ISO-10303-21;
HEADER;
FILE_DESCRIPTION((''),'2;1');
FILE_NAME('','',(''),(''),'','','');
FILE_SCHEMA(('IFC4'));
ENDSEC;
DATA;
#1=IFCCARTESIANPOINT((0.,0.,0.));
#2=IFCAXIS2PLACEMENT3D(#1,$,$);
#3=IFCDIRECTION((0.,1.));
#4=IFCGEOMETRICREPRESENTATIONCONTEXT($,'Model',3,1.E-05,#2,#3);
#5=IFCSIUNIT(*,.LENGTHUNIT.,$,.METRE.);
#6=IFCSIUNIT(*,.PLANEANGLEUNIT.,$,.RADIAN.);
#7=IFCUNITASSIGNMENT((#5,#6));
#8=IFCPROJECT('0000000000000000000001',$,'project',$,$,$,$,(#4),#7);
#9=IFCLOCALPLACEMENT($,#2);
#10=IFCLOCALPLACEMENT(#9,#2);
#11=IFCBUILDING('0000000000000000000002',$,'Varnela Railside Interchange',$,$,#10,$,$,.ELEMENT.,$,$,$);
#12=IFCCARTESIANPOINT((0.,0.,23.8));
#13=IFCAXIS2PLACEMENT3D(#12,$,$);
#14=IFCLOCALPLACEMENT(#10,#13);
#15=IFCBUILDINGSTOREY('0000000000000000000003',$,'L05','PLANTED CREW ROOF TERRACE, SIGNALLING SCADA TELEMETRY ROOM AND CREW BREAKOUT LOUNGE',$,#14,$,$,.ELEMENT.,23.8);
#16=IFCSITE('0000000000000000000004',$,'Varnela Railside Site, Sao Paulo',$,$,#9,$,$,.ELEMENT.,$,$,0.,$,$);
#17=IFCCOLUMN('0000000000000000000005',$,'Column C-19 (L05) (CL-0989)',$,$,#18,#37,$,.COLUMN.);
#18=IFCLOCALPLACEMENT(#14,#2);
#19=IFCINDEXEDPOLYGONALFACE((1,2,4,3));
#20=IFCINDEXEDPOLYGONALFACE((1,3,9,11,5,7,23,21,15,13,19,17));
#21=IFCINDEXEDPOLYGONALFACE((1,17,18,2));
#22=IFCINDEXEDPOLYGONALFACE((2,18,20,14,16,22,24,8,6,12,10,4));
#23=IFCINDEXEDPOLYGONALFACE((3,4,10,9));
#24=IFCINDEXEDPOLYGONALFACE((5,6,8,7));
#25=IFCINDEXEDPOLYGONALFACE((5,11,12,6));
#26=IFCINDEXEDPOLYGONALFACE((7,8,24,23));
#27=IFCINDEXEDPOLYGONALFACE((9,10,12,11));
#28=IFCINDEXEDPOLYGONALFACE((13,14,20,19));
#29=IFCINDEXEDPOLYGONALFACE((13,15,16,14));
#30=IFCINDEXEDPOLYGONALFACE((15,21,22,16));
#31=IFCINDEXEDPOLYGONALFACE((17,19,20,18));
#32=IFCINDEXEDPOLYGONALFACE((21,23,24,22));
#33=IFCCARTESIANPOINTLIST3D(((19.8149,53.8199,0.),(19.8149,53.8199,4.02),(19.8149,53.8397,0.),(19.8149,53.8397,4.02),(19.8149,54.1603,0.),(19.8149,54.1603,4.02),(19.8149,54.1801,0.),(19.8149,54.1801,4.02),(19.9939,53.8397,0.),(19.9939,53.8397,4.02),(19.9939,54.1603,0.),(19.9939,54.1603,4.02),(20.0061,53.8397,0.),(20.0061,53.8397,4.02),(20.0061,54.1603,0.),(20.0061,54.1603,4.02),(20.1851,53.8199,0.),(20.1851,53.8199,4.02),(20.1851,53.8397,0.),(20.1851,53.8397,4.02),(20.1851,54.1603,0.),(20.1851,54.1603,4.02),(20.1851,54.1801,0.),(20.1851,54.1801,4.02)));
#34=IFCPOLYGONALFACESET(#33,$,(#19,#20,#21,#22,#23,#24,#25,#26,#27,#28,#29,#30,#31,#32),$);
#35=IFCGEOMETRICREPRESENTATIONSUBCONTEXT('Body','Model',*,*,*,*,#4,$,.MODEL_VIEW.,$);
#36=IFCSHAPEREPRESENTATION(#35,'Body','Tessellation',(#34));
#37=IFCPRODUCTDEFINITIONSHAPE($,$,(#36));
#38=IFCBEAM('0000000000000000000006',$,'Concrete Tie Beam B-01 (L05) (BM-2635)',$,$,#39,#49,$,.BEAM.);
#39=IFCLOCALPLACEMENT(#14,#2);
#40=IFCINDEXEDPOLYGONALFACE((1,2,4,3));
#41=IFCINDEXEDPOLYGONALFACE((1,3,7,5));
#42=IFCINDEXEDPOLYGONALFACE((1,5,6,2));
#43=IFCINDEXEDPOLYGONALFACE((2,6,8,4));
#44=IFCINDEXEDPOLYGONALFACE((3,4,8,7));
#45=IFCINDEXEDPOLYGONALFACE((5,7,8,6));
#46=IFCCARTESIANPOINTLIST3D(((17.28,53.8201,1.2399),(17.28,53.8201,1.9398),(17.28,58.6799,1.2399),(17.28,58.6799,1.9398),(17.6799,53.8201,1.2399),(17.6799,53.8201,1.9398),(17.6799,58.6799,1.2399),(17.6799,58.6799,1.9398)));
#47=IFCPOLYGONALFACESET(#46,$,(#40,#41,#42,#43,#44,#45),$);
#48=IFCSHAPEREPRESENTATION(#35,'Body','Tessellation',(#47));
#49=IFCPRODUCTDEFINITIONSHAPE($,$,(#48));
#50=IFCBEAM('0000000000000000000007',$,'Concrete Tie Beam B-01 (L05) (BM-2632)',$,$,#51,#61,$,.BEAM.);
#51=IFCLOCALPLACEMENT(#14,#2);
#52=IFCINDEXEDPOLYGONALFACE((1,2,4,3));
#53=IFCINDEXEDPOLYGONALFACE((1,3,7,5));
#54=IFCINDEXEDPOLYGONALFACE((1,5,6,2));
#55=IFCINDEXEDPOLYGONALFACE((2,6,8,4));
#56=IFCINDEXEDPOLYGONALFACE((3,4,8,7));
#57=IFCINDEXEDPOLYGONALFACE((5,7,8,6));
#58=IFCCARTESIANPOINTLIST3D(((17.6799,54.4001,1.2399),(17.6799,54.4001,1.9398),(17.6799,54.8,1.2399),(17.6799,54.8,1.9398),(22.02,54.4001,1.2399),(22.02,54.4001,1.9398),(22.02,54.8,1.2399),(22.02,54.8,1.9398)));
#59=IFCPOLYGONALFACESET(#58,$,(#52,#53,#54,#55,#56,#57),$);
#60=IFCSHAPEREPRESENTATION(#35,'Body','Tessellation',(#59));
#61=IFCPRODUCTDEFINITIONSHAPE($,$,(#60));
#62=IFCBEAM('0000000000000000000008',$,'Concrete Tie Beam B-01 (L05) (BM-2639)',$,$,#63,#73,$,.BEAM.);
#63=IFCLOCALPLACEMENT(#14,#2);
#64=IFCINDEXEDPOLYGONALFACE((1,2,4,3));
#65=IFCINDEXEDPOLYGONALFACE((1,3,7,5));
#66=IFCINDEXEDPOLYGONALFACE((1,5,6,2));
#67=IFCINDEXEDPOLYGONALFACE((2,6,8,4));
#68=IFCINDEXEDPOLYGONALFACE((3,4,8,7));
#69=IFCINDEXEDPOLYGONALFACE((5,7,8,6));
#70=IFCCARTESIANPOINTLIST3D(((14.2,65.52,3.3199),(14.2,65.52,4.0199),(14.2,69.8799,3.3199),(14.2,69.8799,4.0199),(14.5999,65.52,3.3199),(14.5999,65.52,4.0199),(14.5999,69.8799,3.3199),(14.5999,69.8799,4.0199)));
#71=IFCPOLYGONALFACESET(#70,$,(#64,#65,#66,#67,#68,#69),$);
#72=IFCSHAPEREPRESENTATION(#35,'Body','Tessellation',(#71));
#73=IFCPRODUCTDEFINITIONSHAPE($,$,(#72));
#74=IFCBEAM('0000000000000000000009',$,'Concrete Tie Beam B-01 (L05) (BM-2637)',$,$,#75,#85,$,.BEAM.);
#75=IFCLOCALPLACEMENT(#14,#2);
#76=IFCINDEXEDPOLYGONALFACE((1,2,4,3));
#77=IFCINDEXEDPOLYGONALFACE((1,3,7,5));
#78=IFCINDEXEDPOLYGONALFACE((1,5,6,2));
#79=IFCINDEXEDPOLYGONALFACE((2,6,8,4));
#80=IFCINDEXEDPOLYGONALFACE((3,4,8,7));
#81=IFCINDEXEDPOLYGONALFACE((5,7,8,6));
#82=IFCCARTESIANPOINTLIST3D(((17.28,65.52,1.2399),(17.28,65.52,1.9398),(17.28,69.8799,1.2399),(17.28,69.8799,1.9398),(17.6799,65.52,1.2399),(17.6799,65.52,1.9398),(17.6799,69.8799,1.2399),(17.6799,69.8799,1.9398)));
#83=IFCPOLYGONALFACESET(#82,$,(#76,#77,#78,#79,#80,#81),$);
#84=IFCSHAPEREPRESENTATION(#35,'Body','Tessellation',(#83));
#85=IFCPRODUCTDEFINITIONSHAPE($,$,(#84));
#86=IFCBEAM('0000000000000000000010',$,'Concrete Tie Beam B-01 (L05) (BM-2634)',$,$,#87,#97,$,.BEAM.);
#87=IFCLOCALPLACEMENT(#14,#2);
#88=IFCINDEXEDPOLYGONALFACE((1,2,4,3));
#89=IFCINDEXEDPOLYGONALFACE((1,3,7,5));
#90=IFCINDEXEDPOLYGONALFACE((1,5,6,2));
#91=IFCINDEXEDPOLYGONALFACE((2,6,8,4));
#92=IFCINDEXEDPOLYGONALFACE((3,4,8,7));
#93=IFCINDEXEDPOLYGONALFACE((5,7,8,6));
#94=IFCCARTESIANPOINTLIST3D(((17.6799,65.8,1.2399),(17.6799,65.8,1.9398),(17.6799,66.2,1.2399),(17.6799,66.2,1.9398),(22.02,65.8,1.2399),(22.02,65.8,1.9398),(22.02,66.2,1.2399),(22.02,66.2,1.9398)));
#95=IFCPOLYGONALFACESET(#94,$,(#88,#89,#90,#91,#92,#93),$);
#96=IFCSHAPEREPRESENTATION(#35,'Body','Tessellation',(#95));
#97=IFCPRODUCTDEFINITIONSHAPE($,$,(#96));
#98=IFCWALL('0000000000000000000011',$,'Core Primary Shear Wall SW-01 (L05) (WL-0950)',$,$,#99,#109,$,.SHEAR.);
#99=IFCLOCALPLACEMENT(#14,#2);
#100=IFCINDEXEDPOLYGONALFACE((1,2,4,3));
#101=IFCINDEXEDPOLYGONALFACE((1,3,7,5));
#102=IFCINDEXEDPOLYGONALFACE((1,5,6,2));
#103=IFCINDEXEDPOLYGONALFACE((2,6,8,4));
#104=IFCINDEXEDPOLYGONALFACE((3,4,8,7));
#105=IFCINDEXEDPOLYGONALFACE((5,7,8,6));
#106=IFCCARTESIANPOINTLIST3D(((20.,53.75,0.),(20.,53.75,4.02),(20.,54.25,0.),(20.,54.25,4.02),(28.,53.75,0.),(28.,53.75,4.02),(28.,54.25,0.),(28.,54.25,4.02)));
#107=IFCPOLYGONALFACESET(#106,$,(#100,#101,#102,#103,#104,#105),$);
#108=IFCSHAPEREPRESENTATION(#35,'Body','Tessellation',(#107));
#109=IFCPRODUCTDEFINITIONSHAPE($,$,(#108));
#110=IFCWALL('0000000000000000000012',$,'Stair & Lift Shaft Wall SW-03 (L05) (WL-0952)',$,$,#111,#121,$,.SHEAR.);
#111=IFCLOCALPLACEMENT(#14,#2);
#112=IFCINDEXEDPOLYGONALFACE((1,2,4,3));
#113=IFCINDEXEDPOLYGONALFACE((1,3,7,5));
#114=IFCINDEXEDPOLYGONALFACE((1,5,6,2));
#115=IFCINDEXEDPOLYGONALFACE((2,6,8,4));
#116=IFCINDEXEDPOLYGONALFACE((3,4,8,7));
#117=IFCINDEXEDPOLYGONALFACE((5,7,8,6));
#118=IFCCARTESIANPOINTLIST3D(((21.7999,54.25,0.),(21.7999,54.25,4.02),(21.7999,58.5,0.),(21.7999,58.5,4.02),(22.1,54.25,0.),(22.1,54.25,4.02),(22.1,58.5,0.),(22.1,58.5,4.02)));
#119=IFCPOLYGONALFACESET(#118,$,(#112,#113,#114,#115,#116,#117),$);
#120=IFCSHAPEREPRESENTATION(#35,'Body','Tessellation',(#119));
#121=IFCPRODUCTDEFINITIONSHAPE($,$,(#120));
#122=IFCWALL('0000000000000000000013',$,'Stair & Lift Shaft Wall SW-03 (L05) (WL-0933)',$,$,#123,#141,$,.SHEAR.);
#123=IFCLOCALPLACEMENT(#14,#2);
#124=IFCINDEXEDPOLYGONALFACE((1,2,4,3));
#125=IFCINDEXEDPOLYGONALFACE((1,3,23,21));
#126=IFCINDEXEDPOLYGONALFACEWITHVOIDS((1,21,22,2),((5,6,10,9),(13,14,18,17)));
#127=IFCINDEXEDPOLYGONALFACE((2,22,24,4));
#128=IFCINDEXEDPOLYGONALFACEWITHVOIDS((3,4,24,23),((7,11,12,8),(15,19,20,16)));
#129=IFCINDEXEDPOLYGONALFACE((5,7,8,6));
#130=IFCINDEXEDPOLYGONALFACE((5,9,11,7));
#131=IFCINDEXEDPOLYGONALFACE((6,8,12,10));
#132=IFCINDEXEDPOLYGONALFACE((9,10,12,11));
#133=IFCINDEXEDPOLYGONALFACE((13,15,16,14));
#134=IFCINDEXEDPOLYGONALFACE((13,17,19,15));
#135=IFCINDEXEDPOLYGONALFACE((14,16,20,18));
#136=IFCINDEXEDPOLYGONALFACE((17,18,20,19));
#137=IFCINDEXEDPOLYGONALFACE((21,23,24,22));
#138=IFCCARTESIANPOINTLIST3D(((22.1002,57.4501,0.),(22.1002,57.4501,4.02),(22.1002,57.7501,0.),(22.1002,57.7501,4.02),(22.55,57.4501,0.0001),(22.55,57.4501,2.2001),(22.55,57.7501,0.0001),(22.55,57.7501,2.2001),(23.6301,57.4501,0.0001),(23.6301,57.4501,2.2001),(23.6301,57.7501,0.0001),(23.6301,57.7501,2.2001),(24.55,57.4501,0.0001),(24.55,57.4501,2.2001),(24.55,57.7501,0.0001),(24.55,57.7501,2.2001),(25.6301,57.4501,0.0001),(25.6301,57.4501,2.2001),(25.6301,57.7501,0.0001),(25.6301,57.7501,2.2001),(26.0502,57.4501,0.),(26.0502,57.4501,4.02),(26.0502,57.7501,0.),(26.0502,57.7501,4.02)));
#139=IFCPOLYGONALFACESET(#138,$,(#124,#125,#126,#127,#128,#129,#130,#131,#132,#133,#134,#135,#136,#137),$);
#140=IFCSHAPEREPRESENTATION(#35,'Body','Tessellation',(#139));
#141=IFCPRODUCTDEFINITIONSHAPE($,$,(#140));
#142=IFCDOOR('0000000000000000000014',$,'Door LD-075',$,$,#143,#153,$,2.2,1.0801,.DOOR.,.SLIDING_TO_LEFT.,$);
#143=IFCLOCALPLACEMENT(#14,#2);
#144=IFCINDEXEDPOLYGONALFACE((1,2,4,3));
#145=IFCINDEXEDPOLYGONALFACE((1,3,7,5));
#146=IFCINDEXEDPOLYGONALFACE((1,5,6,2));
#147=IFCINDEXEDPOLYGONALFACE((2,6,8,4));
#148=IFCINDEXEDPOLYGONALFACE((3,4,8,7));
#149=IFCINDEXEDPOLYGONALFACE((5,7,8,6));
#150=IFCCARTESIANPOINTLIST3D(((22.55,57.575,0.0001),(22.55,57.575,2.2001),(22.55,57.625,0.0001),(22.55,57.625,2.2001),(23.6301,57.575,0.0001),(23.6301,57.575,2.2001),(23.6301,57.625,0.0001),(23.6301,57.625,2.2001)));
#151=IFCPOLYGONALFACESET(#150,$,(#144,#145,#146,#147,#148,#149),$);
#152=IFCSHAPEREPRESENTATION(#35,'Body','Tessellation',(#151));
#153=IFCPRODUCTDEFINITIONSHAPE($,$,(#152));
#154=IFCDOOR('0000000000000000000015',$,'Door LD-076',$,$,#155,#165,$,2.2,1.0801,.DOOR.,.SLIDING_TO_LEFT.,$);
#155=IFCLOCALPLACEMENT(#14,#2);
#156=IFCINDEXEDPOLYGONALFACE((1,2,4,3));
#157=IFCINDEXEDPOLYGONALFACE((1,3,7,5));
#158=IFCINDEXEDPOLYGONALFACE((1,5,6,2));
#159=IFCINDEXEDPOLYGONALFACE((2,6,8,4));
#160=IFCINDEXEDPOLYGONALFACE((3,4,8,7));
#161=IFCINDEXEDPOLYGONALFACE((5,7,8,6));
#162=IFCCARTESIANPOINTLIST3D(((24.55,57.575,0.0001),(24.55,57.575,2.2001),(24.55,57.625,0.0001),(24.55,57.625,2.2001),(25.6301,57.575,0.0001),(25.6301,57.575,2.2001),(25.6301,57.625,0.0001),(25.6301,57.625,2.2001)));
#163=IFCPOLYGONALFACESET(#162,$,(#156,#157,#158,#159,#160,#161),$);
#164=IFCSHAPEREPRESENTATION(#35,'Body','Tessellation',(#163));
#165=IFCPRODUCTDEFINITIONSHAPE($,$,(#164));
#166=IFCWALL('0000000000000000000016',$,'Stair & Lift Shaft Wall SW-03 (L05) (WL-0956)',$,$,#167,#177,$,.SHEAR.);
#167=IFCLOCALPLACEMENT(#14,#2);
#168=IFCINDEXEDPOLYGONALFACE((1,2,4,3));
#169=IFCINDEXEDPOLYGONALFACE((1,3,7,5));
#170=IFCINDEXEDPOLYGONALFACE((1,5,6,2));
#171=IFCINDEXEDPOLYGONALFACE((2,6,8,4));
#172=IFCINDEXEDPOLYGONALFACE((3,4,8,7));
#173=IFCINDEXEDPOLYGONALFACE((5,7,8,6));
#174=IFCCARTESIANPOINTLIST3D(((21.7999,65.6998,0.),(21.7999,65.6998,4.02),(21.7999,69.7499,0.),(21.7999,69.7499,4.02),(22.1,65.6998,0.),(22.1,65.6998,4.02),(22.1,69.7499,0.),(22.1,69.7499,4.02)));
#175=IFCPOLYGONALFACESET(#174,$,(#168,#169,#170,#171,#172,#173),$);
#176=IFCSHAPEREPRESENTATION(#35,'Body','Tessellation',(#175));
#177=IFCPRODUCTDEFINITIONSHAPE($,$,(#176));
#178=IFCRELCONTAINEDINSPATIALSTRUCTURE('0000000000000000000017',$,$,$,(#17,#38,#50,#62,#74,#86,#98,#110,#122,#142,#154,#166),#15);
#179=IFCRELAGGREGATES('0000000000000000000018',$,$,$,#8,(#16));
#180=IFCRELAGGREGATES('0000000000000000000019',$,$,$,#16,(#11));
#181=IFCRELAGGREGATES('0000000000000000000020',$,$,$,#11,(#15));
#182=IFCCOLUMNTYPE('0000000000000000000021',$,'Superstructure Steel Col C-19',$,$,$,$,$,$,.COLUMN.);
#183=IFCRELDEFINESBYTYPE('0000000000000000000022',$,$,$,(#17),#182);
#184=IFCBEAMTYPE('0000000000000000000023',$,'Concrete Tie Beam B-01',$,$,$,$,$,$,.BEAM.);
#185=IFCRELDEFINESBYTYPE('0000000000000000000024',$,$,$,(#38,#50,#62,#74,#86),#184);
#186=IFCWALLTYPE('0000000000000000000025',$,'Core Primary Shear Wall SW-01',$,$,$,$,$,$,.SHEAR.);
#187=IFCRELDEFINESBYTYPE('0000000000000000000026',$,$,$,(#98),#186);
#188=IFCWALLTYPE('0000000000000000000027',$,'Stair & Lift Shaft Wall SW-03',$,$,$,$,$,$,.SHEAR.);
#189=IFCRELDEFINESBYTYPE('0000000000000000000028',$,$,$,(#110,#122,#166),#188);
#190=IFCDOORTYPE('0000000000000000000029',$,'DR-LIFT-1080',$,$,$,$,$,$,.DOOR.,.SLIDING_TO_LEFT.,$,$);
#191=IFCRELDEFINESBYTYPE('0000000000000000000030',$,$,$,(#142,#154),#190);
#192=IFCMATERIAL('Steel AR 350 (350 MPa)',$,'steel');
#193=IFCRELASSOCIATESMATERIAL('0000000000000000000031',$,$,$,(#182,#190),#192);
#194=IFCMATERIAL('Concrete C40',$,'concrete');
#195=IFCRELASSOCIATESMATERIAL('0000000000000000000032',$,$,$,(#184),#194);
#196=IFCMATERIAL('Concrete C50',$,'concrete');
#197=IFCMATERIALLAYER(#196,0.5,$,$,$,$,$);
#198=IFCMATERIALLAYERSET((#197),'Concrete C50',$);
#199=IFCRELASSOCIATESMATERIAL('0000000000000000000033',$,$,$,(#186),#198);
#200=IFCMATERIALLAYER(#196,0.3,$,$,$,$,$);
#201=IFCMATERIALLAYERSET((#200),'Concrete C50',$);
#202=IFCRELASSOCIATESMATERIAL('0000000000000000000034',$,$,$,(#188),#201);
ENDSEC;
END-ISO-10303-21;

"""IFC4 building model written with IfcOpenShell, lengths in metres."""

from ifc_helpers import new_model, si_unit, direction, frame, frame_2d, origin, origin_2d, place, context, subcontext, project, spatial, rectangle, i_section, extrude, material, layer, layer_set, material_profile, profile_set, type_object, element, fill, save


model = new_model("IFC4")

# Units and contexts
model_context = context("Model", 3, precision=1e-05, world=origin(), true_north=direction((0.0, 1.0)))
body_context = subcontext(model_context, "Body", "Model", "MODEL_VIEW")
ifc_project = project(units=[si_unit("LENGTHUNIT", "METRE"), si_unit("PLANEANGLEUNIT", "RADIAN")], contexts=[model_context])

# Site, building, storey
site_placement = place(None, origin())
site = spatial("IfcSite", under=ifc_project, at=site_placement, Name="Varnela Railside Site, Sao Paulo", CompositionType="ELEMENT", RefElevation=0.0)
building_placement = place(site_placement, origin())
building = spatial("IfcBuilding", under=site, at=building_placement, Name="Varnela Railside Interchange", CompositionType="ELEMENT")
storey_placement = place(building_placement, frame((0.0, 0.0, 23.8)))
storey = spatial("IfcBuildingStorey", under=building, at=storey_placement, Name="L05", Description="PLANTED CREW ROOF TERRACE, SIGNALLING SCADA TELEMETRY ROOM AND CREW BREAKOUT LOUNGE", CompositionType="ELEMENT", Elevation=23.8)

# Column
ifc_material_1 = material(Name="Steel AR 350 (350 MPa)", Category="steel")
ifc_material_profile_1 = material_profile(ifc_material_1, i_section(OverallWidth=0.3701, OverallDepth=0.3601, WebThickness=0.0122, FlangeThickness=0.0198, at=origin_2d()), Name="W360x147")
ifc_profile_set_1 = profile_set([ifc_material_profile_1], Name="Steel AR 350 (350 MPa)")
column_type = type_object("IfcColumnType", Name="Superstructure Steel Col C-19", PredefinedType="COLUMN", material=ifc_profile_set_1)
column_placement = place(storey_placement, frame((20.0, 54.0, 0.0), z_axis=(0.0, 0.0, 1.0), x_axis=(1.0, 0.0, 0.0)))
element("IfcColumn", 1, at=column_placement, inside=storey, type_object=column_type, Name="Column C-19 (L05) (CL-0989)", PredefinedType="COLUMN", context=body_context, shape_type="SweptSolid", body=[
    extrude(i_section(OverallWidth=0.3701, OverallDepth=0.3601, WebThickness=0.0122, FlangeThickness=0.0198, at=origin_2d()), origin(), (0.0, 0.0, 1.0), 4.02),
])

# Beams
ifc_material_2 = material(Name="Concrete C40", Category="concrete")
ifc_material_profile_2 = material_profile(ifc_material_2, rectangle(XDim=0.3999, YDim=0.7, at=origin_2d()), Name="RC 400x700")
ifc_profile_set_2 = profile_set([ifc_material_profile_2], Name="Concrete C40")
beam_type = type_object("IfcBeamType", Name="Concrete Tie Beam B-01", PredefinedType="BEAM", material=ifc_profile_set_2)
beam_1_placement = place(storey_placement, frame((17.48, 53.8201, 1.5898), z_axis=(0.0, 1.0, 0.0), x_axis=(-1.0, 0.0, 0.0)))
element("IfcBeam", 2, at=beam_1_placement, inside=storey, type_object=beam_type, Name="Concrete Tie Beam B-01 (L05) (BM-2635)", PredefinedType="BEAM", context=body_context, shape_type="SweptSolid", body=[
    extrude(rectangle(XDim=0.3999, YDim=0.7, at=origin_2d()), origin(), (0.0, 0.0, 1.0), 4.8599),
])
beam_2_placement = place(storey_placement, frame((17.6799, 54.6001, 1.5898), z_axis=(1.0, 0.0, 0.0), x_axis=(0.0, 1.0, 0.0)))
element("IfcBeam", 3, at=beam_2_placement, inside=storey, type_object=beam_type, Name="Concrete Tie Beam B-01 (L05) (BM-2632)", PredefinedType="BEAM", context=body_context, shape_type="SweptSolid", body=[
    extrude(rectangle(XDim=0.3999, YDim=0.7, at=origin_2d()), origin(), (0.0, 0.0, 1.0), 4.3401),
])
for number, where, z_axis, x_axis, name in (
    (4, (14.3999, 65.52, 3.6699), (0.0, 1.0, 0.0), (-1.0, 0.0, 0.0), "Concrete Tie Beam B-01 (L05) (BM-2639)"),
    (5, (17.48, 65.52, 1.5898), (0.0, 1.0, 0.0), (-1.0, 0.0, 0.0), "Concrete Tie Beam B-01 (L05) (BM-2637)"),
):
    element("IfcBeam", number, at=place(storey_placement, frame(where, z_axis=z_axis, x_axis=x_axis)), inside=storey, type_object=beam_type, Name=name, PredefinedType="BEAM", context=body_context, shape_type="SweptSolid", body=[
        extrude(rectangle(XDim=0.3999, YDim=0.7, at=origin_2d()), origin(), (0.0, 0.0, 1.0), 4.3599),
    ])
beam_3_placement = place(storey_placement, frame((17.6799, 66.0, 1.5898), z_axis=(1.0, 0.0, 0.0), x_axis=(0.0, 1.0, 0.0)))
element("IfcBeam", 6, at=beam_3_placement, inside=storey, type_object=beam_type, Name="Concrete Tie Beam B-01 (L05) (BM-2634)", PredefinedType="BEAM", context=body_context, shape_type="SweptSolid", body=[
    extrude(rectangle(XDim=0.3999, YDim=0.7, at=origin_2d()), origin(), (0.0, 0.0, 1.0), 4.3401),
])

# Walls
ifc_material_3 = material(Name="Concrete C50", Category="concrete")
ifc_layer_1 = layer(ifc_material_3, 0.5)
ifc_layer_set_1 = layer_set([ifc_layer_1], Name="Concrete C50")
wall_type_1 = type_object("IfcWallType", Name="Core Primary Shear Wall SW-01", PredefinedType="SHEAR", material=ifc_layer_set_1)
wall_1_placement = place(storey_placement, frame((20.0, 54.0, 0.0), z_axis=(0.0, 0.0, 1.0), x_axis=(1.0, 0.0, 0.0)))
element("IfcWall", 7, at=wall_1_placement, inside=storey, type_object=wall_type_1, Name="Core Primary Shear Wall SW-01 (L05) (WL-0950)", PredefinedType="SHEAR", context=body_context, shape_type="SweptSolid", body=[
    extrude(rectangle(XDim=8.0, YDim=0.5, at=frame_2d((4.0, 0.0))), origin(), (0.0, 0.0, 1.0), 4.02),
])
ifc_layer_2 = layer(ifc_material_3, 0.3)
ifc_layer_set_2 = layer_set([ifc_layer_2], Name="Concrete C50")
wall_type_2 = type_object("IfcWallType", Name="Stair & Lift Shaft Wall SW-03", PredefinedType="SHEAR", material=ifc_layer_set_2)
wall_2_placement = place(storey_placement, frame((21.95, 54.25, 0.0), z_axis=(0.0, 0.0, 1.0), x_axis=(0.0, 1.0, 0.0)))
element("IfcWall", 8, at=wall_2_placement, inside=storey, type_object=wall_type_2, Name="Stair & Lift Shaft Wall SW-03 (L05) (WL-0952)", PredefinedType="SHEAR", context=body_context, shape_type="SweptSolid", body=[
    extrude(rectangle(XDim=4.25, YDim=0.3, at=frame_2d((2.125, 0.0))), origin(), (0.0, 0.0, 1.0), 4.02),
])

# Wall, openings, doors
wall_3_placement = place(storey_placement, frame((22.1001, 57.6001, 0.0), z_axis=(0.0, 0.0, 1.0), x_axis=(1.0, 0.0, 0.0)))
wall_3 = element("IfcWall", 9, at=wall_3_placement, inside=storey, type_object=wall_type_2, Name="Stair & Lift Shaft Wall SW-03 (L05) (WL-0933)", PredefinedType="SHEAR", context=body_context, shape_type="SweptSolid", body=[
    extrude(rectangle(XDim=3.95, YDim=0.3, at=frame_2d((1.9751, 0.0))), origin(), (0.0, 0.0, 1.0), 4.02),
])
opening_1_placement = place(wall_3_placement, frame((0.45, 0.0, 0.0)))
opening_1 = element("IfcOpeningElement", 10, at=opening_1_placement, cuts=wall_3, PredefinedType="OPENING", context=body_context, shape_type="SweptSolid", body=[
    extrude(rectangle(XDim=1.0801, YDim=2.2, at=frame_2d((0.54, 1.1001))), frame((0.0, 0.1599, 0.0), z_axis=(0.0, -1.0, 0.0), x_axis=(1.0, 0.0, 0.0)), (0.0, 0.0, 1.0), 0.3201),
])
opening_2_placement = place(wall_3_placement, frame((2.45, 0.0, 0.0)))
opening_2 = element("IfcOpeningElement", 11, at=opening_2_placement, cuts=wall_3, PredefinedType="OPENING", context=body_context, shape_type="SweptSolid", body=[
    extrude(rectangle(XDim=1.0801, YDim=2.2, at=frame_2d((0.54, 1.1001))), frame((0.0, 0.1599, 0.0), z_axis=(0.0, -1.0, 0.0), x_axis=(1.0, 0.0, 0.0)), (0.0, 0.0, 1.0), 0.3201),
])
door_type = type_object("IfcDoorType", Name="DR-LIFT-1080", OperationType="SLIDING_TO_LEFT", PredefinedType="DOOR", material=ifc_material_1)
door_1_placement = place(opening_1_placement, origin())
door_1 = element("IfcDoor", 12, at=door_1_placement, inside=storey, type_object=door_type, Name="Door LD-075", OperationType="SLIDING_TO_LEFT", OverallHeight=2.2, OverallWidth=1.0801, PredefinedType="DOOR", context=body_context, shape_type="SweptSolid", body=[
    extrude(rectangle(XDim=1.0801, YDim=2.2, at=frame_2d((0.54, 1.1001))), frame((0.0, 0.0249, 0.0), z_axis=(0.0, -1.0, 0.0), x_axis=(1.0, 0.0, 0.0)), (0.0, 0.0, 1.0), 0.05),
])
fill(opening_1, door_1)
door_2_placement = place(opening_2_placement, origin())
door_2 = element("IfcDoor", 13, at=door_2_placement, inside=storey, type_object=door_type, Name="Door LD-076", OperationType="SLIDING_TO_LEFT", OverallHeight=2.2, OverallWidth=1.0801, PredefinedType="DOOR", context=body_context, shape_type="SweptSolid", body=[
    extrude(rectangle(XDim=1.0801, YDim=2.2, at=frame_2d((0.54, 1.1001))), frame((0.0, 0.0249, 0.0), z_axis=(0.0, -1.0, 0.0), x_axis=(1.0, 0.0, 0.0)), (0.0, 0.0, 1.0), 0.05),
])
fill(opening_2, door_2)

# Wall
wall_4_placement = place(storey_placement, frame((21.95, 65.7, 0.0), z_axis=(0.0, 0.0, 1.0), x_axis=(0.0, 1.0, 0.0)))
element("IfcWall", 14, at=wall_4_placement, inside=storey, type_object=wall_type_2, Name="Stair & Lift Shaft Wall SW-03 (L05) (WL-0956)", PredefinedType="SHEAR", context=body_context, shape_type="SweptSolid", body=[
    extrude(rectangle(XDim=4.05, YDim=0.3, at=frame_2d((2.0249, 0.0))), origin(), (0.0, 0.0, 1.0), 4.02),
])

save(model, "model.ifc")
